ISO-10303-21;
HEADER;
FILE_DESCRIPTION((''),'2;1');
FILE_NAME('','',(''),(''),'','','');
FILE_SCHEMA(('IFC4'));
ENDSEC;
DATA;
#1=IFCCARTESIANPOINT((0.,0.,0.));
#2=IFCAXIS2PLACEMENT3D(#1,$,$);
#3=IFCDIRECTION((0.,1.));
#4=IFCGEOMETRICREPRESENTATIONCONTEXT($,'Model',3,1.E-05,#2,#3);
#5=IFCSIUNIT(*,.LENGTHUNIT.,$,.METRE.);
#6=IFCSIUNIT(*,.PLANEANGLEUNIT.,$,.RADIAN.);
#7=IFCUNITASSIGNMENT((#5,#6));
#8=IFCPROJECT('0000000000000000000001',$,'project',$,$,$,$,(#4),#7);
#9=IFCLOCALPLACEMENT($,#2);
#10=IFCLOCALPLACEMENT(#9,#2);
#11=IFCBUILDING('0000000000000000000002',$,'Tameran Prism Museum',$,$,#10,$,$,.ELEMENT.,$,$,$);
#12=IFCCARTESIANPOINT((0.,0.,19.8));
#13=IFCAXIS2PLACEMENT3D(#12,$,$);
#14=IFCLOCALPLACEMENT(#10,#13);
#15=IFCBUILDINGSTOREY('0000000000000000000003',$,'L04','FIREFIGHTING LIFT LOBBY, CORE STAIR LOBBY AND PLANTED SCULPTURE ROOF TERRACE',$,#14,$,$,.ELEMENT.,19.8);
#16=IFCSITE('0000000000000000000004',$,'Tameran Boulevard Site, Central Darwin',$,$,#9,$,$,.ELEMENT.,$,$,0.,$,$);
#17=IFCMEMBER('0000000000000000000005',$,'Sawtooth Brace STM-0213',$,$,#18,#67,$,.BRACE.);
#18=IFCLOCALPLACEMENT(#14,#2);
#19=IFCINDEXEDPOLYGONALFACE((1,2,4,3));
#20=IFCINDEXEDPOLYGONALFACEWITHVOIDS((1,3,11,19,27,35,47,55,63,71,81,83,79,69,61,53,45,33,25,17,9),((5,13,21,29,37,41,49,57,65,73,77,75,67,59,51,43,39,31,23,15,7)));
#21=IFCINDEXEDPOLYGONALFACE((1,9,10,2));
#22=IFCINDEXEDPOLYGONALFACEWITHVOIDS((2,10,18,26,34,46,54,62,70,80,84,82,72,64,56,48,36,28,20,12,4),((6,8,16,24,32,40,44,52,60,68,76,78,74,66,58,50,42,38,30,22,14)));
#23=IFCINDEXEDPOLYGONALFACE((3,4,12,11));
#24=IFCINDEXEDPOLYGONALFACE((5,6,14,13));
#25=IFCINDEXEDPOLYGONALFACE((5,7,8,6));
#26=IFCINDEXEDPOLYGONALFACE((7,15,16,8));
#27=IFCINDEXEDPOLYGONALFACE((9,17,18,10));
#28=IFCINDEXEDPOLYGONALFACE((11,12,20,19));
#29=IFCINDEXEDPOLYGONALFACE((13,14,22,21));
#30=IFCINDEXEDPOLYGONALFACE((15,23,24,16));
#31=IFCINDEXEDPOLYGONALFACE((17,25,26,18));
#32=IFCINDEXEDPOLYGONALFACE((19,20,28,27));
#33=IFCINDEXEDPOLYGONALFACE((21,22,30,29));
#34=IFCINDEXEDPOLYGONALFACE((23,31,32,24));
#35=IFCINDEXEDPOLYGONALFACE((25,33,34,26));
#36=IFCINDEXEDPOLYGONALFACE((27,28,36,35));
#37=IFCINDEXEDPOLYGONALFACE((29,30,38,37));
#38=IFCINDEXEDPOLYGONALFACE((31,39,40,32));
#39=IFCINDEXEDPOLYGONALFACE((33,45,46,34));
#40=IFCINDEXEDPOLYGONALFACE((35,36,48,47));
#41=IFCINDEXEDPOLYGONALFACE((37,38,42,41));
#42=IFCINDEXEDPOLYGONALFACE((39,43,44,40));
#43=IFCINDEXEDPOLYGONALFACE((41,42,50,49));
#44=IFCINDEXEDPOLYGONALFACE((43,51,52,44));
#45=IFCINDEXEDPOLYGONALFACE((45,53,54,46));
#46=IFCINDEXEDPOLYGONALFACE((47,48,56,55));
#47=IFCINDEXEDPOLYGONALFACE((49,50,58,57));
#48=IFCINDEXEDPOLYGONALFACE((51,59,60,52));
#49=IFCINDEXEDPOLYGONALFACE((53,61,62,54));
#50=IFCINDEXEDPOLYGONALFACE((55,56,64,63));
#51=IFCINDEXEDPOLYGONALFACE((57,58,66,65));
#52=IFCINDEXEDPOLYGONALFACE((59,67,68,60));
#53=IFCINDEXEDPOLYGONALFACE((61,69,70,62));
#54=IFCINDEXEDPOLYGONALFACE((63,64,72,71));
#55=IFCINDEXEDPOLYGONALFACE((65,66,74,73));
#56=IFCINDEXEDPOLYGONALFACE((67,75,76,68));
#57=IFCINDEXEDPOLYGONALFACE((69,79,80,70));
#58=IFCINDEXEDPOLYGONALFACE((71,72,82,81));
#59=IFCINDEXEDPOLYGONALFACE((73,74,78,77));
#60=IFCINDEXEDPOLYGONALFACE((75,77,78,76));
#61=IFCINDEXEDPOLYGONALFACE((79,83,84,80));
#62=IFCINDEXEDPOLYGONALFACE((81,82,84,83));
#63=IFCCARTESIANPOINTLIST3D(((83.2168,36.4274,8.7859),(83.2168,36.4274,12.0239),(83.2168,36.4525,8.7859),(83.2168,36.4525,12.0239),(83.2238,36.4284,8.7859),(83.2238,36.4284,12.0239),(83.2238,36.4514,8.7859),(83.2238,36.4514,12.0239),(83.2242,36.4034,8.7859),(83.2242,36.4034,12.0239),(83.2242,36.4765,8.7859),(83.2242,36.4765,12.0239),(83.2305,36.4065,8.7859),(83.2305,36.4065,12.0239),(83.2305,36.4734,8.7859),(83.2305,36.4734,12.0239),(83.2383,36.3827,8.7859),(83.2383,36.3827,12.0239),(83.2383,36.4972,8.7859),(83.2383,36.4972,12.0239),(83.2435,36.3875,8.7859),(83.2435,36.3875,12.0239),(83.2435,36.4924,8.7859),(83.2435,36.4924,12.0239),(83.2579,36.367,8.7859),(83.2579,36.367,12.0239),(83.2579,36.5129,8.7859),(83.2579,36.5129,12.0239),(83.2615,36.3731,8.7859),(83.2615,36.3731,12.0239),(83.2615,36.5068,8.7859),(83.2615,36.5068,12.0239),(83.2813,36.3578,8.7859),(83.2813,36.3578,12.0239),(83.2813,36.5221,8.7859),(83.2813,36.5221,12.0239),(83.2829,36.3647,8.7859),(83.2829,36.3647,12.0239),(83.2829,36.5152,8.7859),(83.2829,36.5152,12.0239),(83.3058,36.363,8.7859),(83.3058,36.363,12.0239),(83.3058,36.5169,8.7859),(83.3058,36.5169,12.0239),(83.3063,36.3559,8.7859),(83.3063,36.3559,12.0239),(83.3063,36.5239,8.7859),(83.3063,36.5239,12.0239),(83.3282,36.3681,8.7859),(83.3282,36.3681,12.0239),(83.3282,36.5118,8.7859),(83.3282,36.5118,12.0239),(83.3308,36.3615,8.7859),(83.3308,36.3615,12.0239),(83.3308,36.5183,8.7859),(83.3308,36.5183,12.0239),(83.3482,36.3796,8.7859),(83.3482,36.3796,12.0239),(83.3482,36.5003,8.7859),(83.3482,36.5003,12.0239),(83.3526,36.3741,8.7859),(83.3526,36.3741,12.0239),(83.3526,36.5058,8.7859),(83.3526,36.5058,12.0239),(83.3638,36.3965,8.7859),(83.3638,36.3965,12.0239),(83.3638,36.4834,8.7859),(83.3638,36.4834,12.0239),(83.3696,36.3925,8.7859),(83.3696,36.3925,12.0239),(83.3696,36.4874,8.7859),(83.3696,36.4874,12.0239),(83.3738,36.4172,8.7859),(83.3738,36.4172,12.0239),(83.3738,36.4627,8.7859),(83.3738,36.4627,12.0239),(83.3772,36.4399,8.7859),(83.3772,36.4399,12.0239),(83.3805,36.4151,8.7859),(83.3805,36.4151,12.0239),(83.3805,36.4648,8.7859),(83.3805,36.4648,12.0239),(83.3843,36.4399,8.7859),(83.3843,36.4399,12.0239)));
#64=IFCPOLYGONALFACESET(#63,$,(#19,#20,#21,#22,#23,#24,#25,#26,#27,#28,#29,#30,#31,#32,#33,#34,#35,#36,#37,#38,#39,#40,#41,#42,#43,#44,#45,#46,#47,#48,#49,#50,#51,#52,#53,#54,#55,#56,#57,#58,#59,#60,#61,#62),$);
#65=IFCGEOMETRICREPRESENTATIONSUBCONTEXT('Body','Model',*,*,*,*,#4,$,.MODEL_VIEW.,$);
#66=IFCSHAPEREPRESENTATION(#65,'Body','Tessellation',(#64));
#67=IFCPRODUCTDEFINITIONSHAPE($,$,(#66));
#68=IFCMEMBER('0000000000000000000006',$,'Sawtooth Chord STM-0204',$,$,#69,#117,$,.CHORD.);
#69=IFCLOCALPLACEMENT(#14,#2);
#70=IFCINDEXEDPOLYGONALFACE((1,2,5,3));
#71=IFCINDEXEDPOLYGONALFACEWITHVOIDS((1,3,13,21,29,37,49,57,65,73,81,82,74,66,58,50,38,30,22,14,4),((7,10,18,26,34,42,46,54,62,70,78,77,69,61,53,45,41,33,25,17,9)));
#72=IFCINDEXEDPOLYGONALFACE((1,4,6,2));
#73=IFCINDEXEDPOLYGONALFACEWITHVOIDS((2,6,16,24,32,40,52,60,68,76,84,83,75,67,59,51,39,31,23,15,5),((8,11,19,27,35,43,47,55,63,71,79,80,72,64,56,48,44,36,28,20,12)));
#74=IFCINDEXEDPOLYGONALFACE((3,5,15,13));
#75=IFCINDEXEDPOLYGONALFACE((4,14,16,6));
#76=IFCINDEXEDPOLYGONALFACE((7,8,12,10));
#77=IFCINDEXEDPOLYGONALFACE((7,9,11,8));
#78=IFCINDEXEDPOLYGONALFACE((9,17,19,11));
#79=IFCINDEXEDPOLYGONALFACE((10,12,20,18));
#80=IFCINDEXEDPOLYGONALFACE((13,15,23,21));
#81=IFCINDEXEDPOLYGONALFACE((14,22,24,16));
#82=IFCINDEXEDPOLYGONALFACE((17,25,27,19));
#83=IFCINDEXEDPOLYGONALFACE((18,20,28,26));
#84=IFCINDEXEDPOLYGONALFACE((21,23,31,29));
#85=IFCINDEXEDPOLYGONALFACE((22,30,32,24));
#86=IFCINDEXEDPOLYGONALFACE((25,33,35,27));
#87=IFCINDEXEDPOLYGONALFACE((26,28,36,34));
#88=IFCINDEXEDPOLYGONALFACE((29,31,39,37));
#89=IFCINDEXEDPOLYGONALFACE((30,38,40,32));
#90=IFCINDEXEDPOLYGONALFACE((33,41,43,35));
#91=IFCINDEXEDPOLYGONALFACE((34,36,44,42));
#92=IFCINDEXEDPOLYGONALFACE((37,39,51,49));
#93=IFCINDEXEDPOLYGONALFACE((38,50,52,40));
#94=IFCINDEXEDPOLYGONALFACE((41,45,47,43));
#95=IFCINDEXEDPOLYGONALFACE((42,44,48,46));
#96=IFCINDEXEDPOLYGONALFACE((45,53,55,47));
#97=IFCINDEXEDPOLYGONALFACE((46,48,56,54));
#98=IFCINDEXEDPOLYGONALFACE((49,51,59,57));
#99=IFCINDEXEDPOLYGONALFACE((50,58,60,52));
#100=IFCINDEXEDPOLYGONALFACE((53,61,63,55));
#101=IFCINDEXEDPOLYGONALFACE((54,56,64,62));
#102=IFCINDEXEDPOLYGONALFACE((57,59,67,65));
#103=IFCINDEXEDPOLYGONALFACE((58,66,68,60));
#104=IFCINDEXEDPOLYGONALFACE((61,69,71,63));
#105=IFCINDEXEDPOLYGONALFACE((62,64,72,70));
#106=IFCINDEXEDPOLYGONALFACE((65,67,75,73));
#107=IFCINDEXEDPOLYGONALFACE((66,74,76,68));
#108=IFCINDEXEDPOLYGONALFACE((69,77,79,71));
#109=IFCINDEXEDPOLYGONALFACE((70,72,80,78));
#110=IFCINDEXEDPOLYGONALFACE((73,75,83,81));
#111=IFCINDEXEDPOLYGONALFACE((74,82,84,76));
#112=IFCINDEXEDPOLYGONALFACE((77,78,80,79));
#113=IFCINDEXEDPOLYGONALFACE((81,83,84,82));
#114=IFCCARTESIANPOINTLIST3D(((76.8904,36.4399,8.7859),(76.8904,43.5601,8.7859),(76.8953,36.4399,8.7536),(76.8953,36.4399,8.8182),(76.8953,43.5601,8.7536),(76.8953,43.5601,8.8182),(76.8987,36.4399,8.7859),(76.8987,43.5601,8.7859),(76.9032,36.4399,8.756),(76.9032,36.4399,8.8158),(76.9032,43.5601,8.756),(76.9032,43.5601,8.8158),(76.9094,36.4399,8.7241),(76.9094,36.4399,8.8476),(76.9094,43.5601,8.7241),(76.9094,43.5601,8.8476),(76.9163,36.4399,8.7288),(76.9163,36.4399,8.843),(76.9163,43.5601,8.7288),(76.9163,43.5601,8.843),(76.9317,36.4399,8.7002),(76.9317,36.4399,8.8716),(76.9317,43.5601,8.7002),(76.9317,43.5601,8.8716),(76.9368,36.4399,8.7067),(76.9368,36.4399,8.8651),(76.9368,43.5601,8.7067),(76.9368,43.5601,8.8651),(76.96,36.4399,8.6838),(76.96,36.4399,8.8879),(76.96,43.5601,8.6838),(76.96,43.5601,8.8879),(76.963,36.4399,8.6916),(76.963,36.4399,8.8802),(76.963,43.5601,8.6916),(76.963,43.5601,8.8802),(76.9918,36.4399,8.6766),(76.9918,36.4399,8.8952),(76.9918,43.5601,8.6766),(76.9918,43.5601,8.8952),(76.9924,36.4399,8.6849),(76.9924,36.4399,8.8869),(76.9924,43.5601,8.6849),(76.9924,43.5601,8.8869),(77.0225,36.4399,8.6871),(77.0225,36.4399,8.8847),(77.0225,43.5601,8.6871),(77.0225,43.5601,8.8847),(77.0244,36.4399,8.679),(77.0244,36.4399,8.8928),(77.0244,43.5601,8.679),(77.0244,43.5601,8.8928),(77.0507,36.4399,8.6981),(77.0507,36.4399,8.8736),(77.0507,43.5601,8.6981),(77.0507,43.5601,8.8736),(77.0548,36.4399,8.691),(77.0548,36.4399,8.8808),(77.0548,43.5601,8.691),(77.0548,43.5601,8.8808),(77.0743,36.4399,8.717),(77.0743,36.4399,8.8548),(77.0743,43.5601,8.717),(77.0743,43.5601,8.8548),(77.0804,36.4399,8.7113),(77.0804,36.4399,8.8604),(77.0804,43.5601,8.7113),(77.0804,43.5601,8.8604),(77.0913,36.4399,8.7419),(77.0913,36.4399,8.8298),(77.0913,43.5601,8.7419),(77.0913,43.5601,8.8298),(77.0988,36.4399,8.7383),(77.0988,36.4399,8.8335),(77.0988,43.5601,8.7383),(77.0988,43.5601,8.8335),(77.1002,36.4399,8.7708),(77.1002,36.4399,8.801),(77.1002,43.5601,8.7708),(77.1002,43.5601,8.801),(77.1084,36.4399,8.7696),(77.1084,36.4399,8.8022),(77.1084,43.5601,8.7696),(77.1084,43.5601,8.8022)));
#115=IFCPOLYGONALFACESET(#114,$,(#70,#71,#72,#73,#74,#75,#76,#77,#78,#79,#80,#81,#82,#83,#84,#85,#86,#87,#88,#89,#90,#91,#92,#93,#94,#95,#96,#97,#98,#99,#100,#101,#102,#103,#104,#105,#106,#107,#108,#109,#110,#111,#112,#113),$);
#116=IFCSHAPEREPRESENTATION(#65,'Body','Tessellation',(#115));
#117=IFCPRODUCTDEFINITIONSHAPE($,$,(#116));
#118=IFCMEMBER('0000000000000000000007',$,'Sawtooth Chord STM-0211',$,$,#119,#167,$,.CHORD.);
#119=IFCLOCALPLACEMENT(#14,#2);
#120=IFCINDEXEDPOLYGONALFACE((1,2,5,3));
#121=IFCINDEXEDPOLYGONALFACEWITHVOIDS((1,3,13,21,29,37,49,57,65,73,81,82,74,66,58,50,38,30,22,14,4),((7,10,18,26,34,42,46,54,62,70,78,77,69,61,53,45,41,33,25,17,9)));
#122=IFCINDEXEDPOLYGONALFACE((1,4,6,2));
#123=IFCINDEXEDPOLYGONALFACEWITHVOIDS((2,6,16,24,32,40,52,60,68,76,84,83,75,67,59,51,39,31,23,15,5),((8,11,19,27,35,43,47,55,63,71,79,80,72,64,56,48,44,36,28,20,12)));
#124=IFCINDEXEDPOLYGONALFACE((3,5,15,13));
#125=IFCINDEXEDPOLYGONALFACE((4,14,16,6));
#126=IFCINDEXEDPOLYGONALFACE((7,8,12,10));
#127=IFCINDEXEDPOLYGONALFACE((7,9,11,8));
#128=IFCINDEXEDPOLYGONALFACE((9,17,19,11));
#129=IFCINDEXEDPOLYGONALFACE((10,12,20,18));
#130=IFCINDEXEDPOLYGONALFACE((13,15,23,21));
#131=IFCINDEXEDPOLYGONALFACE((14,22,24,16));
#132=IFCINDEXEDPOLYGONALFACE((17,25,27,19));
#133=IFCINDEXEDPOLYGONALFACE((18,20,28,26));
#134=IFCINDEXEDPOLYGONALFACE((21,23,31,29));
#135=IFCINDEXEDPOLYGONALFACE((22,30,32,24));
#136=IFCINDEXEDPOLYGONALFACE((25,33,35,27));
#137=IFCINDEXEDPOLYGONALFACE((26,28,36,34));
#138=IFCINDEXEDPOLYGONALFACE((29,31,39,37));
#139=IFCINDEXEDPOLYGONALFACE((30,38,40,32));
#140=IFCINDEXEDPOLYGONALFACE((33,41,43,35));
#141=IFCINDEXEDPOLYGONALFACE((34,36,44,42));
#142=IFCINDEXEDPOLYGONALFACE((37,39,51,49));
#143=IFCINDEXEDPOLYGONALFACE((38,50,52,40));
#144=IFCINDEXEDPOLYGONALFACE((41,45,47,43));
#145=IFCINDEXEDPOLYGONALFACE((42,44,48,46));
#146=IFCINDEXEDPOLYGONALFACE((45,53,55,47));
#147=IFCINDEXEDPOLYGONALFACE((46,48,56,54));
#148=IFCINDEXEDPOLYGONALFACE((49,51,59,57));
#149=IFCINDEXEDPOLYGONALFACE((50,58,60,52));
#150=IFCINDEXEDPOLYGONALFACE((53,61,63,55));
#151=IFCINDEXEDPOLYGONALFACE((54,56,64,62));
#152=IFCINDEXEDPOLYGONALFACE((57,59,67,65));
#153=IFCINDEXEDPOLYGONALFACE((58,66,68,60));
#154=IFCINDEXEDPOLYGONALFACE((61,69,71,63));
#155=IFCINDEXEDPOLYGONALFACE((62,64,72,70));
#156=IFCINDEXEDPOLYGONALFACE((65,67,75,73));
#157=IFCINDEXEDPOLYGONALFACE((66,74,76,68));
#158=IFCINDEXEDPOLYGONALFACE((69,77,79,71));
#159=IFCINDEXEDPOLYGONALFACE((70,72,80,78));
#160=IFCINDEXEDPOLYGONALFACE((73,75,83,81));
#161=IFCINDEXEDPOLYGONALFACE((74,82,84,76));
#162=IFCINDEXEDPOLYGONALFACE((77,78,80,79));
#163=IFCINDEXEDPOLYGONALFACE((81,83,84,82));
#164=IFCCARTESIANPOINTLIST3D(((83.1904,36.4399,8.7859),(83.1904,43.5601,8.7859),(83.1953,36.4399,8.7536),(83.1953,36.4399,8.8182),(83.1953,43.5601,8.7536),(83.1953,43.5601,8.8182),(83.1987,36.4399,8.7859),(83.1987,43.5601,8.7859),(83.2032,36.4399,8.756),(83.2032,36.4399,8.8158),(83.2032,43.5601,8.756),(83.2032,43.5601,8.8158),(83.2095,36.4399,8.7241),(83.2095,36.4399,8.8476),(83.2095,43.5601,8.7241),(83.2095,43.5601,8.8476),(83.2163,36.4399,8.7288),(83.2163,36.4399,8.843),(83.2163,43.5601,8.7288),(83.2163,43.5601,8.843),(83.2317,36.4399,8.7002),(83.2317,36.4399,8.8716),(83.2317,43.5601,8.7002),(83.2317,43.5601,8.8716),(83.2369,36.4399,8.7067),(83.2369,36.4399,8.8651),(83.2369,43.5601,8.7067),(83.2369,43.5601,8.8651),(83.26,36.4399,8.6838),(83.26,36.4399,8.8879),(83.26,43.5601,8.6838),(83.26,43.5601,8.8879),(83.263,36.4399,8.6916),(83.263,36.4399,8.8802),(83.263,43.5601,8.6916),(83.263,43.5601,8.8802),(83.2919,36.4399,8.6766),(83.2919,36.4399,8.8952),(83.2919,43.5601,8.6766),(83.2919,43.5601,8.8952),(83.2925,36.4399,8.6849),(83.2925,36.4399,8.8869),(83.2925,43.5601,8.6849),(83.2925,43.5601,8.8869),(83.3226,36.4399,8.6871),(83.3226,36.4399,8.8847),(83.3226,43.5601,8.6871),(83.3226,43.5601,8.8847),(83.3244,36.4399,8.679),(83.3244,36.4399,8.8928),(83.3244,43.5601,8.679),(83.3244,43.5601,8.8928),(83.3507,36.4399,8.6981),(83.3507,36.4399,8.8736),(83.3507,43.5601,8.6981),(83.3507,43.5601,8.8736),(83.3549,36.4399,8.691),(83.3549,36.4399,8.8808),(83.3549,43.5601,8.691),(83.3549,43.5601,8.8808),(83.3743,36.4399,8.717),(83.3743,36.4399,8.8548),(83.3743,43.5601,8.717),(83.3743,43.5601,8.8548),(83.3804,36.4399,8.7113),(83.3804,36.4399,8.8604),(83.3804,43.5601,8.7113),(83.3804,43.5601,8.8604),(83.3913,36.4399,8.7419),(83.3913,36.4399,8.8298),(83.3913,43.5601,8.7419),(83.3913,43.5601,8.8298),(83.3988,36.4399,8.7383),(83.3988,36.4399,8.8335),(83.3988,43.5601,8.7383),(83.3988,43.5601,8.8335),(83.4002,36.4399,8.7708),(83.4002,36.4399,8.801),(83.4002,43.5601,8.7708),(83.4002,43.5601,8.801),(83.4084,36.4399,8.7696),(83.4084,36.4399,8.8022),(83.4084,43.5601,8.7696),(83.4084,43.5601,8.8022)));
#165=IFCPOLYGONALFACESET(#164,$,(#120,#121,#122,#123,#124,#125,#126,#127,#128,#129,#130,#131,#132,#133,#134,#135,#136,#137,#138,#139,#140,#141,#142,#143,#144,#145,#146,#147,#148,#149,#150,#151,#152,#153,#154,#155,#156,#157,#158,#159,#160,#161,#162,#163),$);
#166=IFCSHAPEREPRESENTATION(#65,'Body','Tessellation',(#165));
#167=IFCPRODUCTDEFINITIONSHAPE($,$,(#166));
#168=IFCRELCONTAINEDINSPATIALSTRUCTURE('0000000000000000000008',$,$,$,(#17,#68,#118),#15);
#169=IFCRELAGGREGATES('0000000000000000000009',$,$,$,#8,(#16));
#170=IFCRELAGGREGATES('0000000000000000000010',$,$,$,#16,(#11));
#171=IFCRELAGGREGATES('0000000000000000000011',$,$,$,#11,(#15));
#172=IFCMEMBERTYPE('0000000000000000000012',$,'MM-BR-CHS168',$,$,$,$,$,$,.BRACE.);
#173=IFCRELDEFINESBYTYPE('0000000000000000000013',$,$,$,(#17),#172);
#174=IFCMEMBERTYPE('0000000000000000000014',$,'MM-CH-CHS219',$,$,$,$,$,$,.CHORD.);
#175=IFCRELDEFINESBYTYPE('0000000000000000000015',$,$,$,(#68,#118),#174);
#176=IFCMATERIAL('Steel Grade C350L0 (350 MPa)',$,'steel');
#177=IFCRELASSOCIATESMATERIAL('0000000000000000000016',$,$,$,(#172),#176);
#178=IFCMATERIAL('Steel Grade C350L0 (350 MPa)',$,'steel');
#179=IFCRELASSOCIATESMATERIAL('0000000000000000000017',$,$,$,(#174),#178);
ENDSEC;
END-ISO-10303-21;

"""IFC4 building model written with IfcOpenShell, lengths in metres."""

from ifc_helpers import new_model, si_unit, direction, frame, origin, origin_2d, place, context, subcontext, project, spatial, hollow_circle, extrude, material, material_profile, profile_set, type_object, element, save


model = new_model("IFC4")

# Units and contexts
model_context = context("Model", 3, precision=1e-05, world=origin(), true_north=direction((0.0, 1.0)))
body_context = subcontext(model_context, "Body", "Model", "MODEL_VIEW")
ifc_project = project(units=[si_unit("LENGTHUNIT", "METRE"), si_unit("PLANEANGLEUNIT", "RADIAN")], contexts=[model_context])

# Site, building, storey
site_placement = place(None, origin())
site = spatial("IfcSite", under=ifc_project, at=site_placement, Name="Tameran Boulevard Site, Central Darwin", CompositionType="ELEMENT", RefElevation=0.0)
building_placement = place(site_placement, origin())
building = spatial("IfcBuilding", under=site, at=building_placement, Name="Tameran Prism Museum", CompositionType="ELEMENT")
storey_placement = place(building_placement, frame((0.0, 0.0, 19.8)))
storey = spatial("IfcBuildingStorey", under=building, at=storey_placement, Name="L04", Description="FIREFIGHTING LIFT LOBBY, CORE STAIR LOBBY AND PLANTED SCULPTURE ROOF TERRACE", CompositionType="ELEMENT", Elevation=19.8)

# Members
ifc_material_1 = material(Name="Steel Grade C350L0 (350 MPa)", Category="steel")
ifc_material_profile_1 = material_profile(ifc_material_1, hollow_circle(Radius=0.0842, WallThickness=0.0071, at=origin_2d()))
ifc_profile_set_1 = profile_set([ifc_material_profile_1])
member_type_1 = type_object("IfcMemberType", Name="MM-BR-CHS168", PredefinedType="BRACE", material=ifc_profile_set_1)
member_1_placement = place(storey_placement, frame((83.3, 36.4399, 8.7859), z_axis=(0.0, 0.0, 1.0), x_axis=(1.0, 0.0, 0.0)))
element("IfcMember", 1, at=member_1_placement, inside=storey, type_object=member_type_1, Name="Sawtooth Brace STM-0213", PredefinedType="BRACE", context=body_context, shape_type="SweptSolid", body=[
    extrude(hollow_circle(Radius=0.0842, WallThickness=0.0071, at=origin_2d()), origin(), (0.0, 0.0, 1.0), 3.238),
])
ifc_material_2 = material(Name="Steel Grade C350L0 (350 MPa)", Category="steel")
ifc_material_profile_2 = material_profile(ifc_material_2, hollow_circle(Radius=0.1096, WallThickness=0.0083, at=origin_2d()))
ifc_profile_set_2 = profile_set([ifc_material_profile_2])
member_type_2 = type_object("IfcMemberType", Name="MM-CH-CHS219", PredefinedType="CHORD", material=ifc_profile_set_2)
for number, where, z_axis, x_axis, name in (
    (2, (77.0, 36.4399, 8.7859), (0.0, 1.0, 0.0), (-1.0, 0.0, 0.0), "Sawtooth Chord STM-0204"),
    (3, (83.3, 36.4399, 8.7859), (0.0, 1.0, 0.0), (-1.0, 0.0, 0.0), "Sawtooth Chord STM-0211"),
):
    element("IfcMember", number, at=place(storey_placement, frame(where, z_axis=z_axis, x_axis=x_axis)), inside=storey, type_object=member_type_2, Name=name, PredefinedType="CHORD", context=body_context, shape_type="SweptSolid", body=[
        extrude(hollow_circle(Radius=0.1096, WallThickness=0.0083, at=origin_2d()), origin(), (0.0, 0.0, 1.0), 7.1201),
    ])

save(model, "model.ifc")
